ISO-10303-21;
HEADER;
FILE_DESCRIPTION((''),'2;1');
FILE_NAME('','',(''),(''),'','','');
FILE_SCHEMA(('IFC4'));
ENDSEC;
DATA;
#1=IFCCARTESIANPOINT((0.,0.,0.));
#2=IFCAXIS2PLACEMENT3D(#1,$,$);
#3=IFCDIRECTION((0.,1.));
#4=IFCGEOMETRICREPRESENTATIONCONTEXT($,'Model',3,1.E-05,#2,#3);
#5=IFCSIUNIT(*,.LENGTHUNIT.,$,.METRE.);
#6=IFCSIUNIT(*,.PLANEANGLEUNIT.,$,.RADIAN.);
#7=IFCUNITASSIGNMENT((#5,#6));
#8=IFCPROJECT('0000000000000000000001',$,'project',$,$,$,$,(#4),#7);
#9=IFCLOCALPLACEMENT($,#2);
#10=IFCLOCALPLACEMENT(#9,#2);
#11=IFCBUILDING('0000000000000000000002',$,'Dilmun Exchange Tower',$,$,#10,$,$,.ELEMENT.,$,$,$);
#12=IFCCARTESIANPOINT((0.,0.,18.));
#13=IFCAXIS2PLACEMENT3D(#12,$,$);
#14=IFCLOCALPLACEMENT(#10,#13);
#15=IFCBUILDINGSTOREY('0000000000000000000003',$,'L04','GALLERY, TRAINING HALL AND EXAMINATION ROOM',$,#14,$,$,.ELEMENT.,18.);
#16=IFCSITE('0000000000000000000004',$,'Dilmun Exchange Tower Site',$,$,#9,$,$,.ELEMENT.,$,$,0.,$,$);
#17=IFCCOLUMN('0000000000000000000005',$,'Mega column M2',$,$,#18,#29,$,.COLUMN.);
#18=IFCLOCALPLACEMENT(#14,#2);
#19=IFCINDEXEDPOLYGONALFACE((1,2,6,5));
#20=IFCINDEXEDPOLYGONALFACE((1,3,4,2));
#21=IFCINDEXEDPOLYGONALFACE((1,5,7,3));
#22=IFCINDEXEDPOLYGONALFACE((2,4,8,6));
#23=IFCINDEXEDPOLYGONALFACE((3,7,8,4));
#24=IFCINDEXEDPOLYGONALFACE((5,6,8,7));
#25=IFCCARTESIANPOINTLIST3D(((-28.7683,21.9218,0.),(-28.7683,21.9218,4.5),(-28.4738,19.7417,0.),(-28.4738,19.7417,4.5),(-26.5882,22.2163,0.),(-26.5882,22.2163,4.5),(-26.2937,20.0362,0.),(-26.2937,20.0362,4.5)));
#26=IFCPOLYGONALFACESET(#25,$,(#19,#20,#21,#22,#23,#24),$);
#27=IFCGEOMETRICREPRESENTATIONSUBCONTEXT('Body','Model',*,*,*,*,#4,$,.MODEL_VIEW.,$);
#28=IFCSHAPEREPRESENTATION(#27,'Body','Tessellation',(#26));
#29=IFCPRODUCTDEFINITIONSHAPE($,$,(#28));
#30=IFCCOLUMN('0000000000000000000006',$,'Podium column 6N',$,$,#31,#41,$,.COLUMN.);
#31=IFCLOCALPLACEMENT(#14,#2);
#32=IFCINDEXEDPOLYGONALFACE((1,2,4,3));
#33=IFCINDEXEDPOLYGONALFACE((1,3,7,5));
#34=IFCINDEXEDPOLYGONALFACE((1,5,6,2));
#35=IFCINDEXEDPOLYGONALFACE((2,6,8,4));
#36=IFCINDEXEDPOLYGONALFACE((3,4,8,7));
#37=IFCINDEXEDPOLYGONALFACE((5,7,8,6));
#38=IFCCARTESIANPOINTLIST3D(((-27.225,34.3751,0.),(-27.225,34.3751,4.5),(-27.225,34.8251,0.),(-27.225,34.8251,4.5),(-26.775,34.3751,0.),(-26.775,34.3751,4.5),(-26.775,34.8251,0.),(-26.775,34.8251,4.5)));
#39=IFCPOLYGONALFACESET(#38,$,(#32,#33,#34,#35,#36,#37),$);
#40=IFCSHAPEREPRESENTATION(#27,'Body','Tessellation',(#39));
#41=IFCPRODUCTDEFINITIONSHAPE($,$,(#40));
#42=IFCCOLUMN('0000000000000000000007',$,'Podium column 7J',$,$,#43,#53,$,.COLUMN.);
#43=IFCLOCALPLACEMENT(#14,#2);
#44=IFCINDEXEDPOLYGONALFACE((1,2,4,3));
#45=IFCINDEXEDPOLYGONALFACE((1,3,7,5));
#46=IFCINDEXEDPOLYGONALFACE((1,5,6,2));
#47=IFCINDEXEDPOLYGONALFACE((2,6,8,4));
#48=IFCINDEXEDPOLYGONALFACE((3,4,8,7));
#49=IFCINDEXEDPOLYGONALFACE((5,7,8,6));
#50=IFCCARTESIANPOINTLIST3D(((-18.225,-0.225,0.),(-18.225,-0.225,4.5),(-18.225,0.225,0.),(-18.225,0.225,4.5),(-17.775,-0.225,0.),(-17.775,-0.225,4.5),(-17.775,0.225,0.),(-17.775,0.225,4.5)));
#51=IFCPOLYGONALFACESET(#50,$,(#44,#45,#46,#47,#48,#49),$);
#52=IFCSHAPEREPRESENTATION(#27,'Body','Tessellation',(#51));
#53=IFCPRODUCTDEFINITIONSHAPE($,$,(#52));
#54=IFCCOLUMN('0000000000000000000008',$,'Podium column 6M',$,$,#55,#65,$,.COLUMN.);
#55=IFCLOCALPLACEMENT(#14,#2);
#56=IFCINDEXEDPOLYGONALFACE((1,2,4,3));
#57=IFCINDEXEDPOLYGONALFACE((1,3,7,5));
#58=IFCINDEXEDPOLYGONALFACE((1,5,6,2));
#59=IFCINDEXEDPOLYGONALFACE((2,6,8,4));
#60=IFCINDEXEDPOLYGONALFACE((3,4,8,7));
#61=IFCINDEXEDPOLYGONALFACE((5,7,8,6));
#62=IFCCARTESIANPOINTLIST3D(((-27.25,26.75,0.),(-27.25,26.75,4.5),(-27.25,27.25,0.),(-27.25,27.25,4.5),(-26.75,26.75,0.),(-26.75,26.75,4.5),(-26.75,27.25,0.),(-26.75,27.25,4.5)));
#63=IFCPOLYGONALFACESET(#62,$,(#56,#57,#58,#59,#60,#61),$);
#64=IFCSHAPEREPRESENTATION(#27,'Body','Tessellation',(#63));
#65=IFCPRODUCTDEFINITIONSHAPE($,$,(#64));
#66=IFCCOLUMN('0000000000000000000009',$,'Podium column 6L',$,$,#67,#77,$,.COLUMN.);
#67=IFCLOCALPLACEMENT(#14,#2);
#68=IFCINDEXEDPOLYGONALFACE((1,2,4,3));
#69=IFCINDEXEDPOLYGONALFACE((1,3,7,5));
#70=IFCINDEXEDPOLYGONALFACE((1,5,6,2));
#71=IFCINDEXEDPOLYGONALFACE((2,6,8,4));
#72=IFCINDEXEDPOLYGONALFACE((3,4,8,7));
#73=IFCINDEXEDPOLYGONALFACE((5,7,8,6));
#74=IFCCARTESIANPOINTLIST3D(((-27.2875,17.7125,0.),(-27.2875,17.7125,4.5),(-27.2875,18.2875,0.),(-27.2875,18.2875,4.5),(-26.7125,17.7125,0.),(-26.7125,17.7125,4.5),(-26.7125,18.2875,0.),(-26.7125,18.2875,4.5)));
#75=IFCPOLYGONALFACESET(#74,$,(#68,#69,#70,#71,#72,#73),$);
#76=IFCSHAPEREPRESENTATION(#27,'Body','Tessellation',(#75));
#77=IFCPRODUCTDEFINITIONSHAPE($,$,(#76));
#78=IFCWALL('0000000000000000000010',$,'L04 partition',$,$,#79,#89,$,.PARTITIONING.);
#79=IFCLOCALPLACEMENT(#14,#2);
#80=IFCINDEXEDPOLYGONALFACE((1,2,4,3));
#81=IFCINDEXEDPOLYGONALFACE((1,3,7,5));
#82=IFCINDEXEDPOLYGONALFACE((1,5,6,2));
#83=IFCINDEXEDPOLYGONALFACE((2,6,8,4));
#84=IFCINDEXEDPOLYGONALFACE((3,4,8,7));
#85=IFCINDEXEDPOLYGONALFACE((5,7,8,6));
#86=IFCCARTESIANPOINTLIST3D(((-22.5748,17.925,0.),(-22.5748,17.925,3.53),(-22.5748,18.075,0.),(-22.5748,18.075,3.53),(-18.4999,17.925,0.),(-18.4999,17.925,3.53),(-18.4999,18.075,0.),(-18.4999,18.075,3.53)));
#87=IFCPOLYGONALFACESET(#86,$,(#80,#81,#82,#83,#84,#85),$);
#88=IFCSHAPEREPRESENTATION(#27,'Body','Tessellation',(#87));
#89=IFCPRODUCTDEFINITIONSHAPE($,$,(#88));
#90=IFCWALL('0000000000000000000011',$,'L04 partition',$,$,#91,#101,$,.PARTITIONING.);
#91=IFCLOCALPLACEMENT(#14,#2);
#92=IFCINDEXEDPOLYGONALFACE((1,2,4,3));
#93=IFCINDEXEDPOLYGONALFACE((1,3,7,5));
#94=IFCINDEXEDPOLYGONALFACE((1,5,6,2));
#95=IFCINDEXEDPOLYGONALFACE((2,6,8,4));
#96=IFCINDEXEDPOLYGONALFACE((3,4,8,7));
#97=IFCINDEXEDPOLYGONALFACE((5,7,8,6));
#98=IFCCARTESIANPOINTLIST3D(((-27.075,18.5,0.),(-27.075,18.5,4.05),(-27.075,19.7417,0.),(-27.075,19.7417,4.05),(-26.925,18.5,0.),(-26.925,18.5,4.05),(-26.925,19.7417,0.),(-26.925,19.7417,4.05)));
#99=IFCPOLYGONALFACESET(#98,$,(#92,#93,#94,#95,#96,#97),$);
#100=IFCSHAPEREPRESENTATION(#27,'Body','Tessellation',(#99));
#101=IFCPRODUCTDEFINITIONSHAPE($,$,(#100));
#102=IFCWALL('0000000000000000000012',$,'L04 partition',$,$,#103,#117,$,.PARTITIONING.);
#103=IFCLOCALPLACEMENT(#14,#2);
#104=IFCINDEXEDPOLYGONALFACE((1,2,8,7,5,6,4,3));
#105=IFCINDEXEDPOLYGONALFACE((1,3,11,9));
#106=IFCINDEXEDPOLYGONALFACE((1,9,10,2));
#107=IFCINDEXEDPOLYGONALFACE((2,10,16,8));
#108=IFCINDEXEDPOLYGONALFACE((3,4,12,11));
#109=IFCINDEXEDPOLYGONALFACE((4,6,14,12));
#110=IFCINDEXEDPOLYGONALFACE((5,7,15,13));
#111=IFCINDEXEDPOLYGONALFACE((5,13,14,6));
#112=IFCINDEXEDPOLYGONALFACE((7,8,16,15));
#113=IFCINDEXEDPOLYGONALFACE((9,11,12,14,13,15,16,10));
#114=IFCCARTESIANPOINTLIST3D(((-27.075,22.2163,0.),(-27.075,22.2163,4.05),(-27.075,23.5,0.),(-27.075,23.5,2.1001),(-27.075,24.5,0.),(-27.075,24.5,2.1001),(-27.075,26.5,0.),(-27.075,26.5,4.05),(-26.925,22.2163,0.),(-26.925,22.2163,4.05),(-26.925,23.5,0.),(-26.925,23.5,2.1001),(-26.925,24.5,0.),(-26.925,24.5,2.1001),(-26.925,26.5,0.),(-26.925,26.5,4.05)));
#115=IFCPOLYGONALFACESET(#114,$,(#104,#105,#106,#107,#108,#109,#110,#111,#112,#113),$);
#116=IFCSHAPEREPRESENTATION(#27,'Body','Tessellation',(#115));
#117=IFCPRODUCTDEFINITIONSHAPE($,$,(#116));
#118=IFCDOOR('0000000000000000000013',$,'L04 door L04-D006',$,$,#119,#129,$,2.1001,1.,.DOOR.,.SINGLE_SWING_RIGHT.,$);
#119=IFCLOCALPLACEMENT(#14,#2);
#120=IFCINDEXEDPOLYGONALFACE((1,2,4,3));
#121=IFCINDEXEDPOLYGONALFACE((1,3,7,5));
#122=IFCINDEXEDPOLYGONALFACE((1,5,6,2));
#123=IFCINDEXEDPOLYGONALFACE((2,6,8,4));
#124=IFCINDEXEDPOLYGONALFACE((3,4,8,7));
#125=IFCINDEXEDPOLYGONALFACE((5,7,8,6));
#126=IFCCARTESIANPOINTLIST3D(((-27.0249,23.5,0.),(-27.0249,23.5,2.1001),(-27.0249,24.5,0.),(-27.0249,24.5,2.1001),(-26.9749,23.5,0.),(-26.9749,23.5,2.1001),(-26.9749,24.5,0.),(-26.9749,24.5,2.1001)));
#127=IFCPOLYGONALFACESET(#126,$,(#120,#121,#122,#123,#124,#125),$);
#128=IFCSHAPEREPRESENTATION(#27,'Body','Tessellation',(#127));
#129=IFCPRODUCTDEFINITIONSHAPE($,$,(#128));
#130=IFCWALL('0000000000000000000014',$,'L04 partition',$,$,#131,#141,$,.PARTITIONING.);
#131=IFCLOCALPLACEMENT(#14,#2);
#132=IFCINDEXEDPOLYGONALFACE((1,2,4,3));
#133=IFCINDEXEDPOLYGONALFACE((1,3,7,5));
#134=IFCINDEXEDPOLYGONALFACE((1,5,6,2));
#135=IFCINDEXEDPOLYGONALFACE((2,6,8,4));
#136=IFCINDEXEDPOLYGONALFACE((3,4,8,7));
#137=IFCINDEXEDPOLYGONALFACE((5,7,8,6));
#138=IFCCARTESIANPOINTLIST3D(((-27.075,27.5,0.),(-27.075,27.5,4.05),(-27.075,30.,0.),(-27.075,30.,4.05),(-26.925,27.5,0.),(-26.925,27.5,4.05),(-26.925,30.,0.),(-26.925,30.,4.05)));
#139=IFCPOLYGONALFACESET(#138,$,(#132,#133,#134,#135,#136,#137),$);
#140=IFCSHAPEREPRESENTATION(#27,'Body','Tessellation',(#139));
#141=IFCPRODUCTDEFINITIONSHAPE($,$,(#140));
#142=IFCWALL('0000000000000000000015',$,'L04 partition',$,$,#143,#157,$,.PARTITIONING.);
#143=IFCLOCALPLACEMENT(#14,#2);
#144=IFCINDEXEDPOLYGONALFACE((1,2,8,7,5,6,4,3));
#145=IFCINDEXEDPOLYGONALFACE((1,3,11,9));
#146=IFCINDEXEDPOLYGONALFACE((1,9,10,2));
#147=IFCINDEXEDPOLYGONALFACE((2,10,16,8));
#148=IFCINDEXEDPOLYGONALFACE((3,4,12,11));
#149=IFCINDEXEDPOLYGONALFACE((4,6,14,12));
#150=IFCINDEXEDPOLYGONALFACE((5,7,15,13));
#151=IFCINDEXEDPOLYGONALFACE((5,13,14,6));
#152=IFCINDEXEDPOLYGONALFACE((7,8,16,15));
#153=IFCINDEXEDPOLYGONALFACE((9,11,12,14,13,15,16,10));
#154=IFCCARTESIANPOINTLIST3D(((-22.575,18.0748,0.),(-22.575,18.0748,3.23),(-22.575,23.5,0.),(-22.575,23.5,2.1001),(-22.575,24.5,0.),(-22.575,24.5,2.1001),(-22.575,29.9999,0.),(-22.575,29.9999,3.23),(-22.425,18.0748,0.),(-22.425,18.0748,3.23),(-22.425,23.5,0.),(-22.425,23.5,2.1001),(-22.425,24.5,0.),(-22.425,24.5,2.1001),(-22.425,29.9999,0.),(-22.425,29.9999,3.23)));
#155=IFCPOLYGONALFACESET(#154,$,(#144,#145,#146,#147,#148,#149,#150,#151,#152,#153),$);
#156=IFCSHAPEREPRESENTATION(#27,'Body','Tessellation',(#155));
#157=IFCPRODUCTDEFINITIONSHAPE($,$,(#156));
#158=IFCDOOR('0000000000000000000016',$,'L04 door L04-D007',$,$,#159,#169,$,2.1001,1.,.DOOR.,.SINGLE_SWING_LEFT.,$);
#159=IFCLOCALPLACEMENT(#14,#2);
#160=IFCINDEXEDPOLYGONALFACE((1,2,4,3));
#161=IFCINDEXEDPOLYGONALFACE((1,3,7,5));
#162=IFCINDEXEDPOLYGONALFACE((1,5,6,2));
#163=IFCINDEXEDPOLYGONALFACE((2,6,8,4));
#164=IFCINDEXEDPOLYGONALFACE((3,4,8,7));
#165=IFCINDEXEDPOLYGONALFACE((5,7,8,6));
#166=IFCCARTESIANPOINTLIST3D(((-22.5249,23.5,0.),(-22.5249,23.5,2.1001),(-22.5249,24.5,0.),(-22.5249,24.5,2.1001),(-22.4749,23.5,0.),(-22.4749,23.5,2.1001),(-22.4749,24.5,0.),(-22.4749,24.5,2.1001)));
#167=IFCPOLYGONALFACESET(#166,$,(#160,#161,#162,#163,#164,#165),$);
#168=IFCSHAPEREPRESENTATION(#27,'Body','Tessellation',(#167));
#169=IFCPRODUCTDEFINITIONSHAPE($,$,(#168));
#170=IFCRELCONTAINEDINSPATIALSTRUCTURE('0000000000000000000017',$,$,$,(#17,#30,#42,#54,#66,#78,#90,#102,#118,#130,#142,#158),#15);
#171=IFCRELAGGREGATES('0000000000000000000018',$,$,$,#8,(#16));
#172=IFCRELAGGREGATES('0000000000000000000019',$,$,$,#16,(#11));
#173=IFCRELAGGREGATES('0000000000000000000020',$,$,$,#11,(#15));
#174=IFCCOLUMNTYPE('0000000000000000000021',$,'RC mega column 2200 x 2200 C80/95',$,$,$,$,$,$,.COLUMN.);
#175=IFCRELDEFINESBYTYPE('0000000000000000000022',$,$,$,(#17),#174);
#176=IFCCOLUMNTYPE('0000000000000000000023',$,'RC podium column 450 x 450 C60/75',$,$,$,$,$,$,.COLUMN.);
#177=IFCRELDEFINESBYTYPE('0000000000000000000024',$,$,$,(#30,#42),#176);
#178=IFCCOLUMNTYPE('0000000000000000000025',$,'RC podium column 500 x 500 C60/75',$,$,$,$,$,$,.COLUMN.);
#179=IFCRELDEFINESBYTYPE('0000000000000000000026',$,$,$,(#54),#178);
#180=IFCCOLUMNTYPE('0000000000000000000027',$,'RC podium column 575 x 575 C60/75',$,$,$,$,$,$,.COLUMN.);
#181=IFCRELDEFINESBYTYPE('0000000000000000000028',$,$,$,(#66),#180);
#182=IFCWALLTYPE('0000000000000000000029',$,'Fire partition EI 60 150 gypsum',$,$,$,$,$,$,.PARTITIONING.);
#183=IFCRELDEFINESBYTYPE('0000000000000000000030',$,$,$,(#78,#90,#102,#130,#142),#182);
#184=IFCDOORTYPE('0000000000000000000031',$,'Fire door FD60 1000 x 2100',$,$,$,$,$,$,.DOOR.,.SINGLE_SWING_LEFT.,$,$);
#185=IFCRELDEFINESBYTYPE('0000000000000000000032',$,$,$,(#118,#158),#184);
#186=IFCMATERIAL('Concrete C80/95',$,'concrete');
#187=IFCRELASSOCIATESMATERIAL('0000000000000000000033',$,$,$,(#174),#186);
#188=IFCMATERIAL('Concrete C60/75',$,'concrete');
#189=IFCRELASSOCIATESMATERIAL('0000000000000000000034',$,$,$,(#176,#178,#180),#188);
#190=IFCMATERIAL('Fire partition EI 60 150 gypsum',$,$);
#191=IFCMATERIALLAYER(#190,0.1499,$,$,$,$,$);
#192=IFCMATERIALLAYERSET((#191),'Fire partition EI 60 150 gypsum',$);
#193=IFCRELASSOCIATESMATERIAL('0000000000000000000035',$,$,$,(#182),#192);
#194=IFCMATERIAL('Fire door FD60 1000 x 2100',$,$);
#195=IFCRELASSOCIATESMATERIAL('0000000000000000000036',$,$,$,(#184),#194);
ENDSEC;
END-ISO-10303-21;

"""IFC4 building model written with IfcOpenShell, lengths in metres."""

from ifc_helpers import new_model, si_unit, direction, frame, frame_2d, origin, origin_2d, place, context, subcontext, project, spatial, rectangle, extrude, material, layer, layer_set, material_profile, profile_set, type_object, element, fill, save


model = new_model("IFC4")

# Units and contexts
model_context = context("Model", 3, precision=1e-05, world=origin(), true_north=direction((0.0, 1.0)))
body_context = subcontext(model_context, "Body", "Model", "MODEL_VIEW")
ifc_project = project(units=[si_unit("LENGTHUNIT", "METRE"), si_unit("PLANEANGLEUNIT", "RADIAN")], contexts=[model_context])

# Site, building, storey
site_placement = place(None, origin())
site = spatial("IfcSite", under=ifc_project, at=site_placement, Name="Dilmun Exchange Tower Site", CompositionType="ELEMENT", RefElevation=0.0)
building_placement = place(site_placement, origin())
building = spatial("IfcBuilding", under=site, at=building_placement, Name="Dilmun Exchange Tower", CompositionType="ELEMENT")
storey_placement = place(building_placement, frame((0.0, 0.0, 18.0)))
storey = spatial("IfcBuildingStorey", under=building, at=storey_placement, Name="L04", Description="GALLERY, TRAINING HALL AND EXAMINATION ROOM", CompositionType="ELEMENT", Elevation=18.0)

# Columns
ifc_material_1 = material(Name="Concrete C80/95", Category="concrete")
ifc_material_profile_1 = material_profile(ifc_material_1, rectangle(XDim=2.2, YDim=2.2, at=origin_2d()), Name="2200 x 2200")
ifc_profile_set_1 = profile_set([ifc_material_profile_1], Name="Concrete C80/95")
column_type_1 = type_object("IfcColumnType", Name="RC mega column 2200 x 2200 C80/95", PredefinedType="COLUMN", material=ifc_profile_set_1)
column_1_placement = place(storey_placement, frame((-27.531, 20.979, 0.0), z_axis=(0.0, 0.0, 1.0), x_axis=(0.991001, 0.133853, 0.0)))
element("IfcColumn", 1, at=column_1_placement, inside=storey, type_object=column_type_1, Name="Mega column M2", PredefinedType="COLUMN", context=body_context, shape_type="SweptSolid", body=[
    extrude(rectangle(XDim=2.2, YDim=2.2, at=origin_2d()), origin(), (0.0, 0.0, 1.0), 4.5),
])
ifc_material_2 = material(Name="Concrete C60/75", Category="concrete")
ifc_material_profile_2 = material_profile(ifc_material_2, rectangle(XDim=0.45, YDim=0.45, at=origin_2d()), Name="450 x 450")
ifc_profile_set_2 = profile_set([ifc_material_profile_2], Name="Concrete C60/75")
column_type_2 = type_object("IfcColumnType", Name="RC podium column 450 x 450 C60/75", PredefinedType="COLUMN", material=ifc_profile_set_2)
for number, where, z_axis, x_axis, name in (
    (2, (-27.0, 34.6001, 0.0), (0.0, 0.0, 1.0), (1.0, 0.0, 0.0), "Podium column 6N"),
    (3, (-18.0, 0.0, 0.0), (0.0, 0.0, 1.0), (1.0, 0.0, 0.0), "Podium column 7J"),
):
    element("IfcColumn", number, at=place(storey_placement, frame(where, z_axis=z_axis, x_axis=x_axis)), inside=storey, type_object=column_type_2, Name=name, PredefinedType="COLUMN", context=body_context, shape_type="SweptSolid", body=[
        extrude(rectangle(XDim=0.45, YDim=0.45, at=origin_2d()), origin(), (0.0, 0.0, 1.0), 4.5),
    ])
ifc_material_profile_3 = material_profile(ifc_material_2, rectangle(XDim=0.5, YDim=0.5, at=origin_2d()), Name="500 x 500")
ifc_profile_set_3 = profile_set([ifc_material_profile_3], Name="Concrete C60/75")
column_type_3 = type_object("IfcColumnType", Name="RC podium column 500 x 500 C60/75", PredefinedType="COLUMN", material=ifc_profile_set_3)
column_2_placement = place(storey_placement, frame((-27.0, 27.0, 0.0), z_axis=(0.0, 0.0, 1.0), x_axis=(1.0, 0.0, 0.0)))
element("IfcColumn", 4, at=column_2_placement, inside=storey, type_object=column_type_3, Name="Podium column 6M", PredefinedType="COLUMN", context=body_context, shape_type="SweptSolid", body=[
    extrude(rectangle(XDim=0.5, YDim=0.5, at=origin_2d()), origin(), (0.0, 0.0, 1.0), 4.5),
])
ifc_material_profile_4 = material_profile(ifc_material_2, rectangle(XDim=0.575, YDim=0.575, at=origin_2d()), Name="575 x 575")
ifc_profile_set_4 = profile_set([ifc_material_profile_4], Name="Concrete C60/75")
column_type_4 = type_object("IfcColumnType", Name="RC podium column 575 x 575 C60/75", PredefinedType="COLUMN", material=ifc_profile_set_4)
column_3_placement = place(storey_placement, frame((-27.0, 18.0, 0.0), z_axis=(0.0, 0.0, 1.0), x_axis=(1.0, 0.0, 0.0)))
element("IfcColumn", 5, at=column_3_placement, inside=storey, type_object=column_type_4, Name="Podium column 6L", PredefinedType="COLUMN", context=body_context, shape_type="SweptSolid", body=[
    extrude(rectangle(XDim=0.575, YDim=0.575, at=origin_2d()), origin(), (0.0, 0.0, 1.0), 4.5),
])

# Walls
ifc_material_3 = material(Name="Fire partition EI 60 150 gypsum")
ifc_layer_1 = layer(ifc_material_3, 0.1499)
ifc_layer_set_1 = layer_set([ifc_layer_1], Name="Fire partition EI 60 150 gypsum")
wall_type_1 = type_object("IfcWallType", Name="Fire partition EI 60 150 gypsum", PredefinedType="PARTITIONING", material=ifc_layer_set_1)
wall_1_placement = place(storey_placement, frame((-22.575, 18.0, 0.0), z_axis=(0.0, 0.0, 1.0), x_axis=(1.0, 0.0, 0.0)))
element("IfcWall", 6, at=wall_1_placement, inside=storey, type_object=wall_type_1, Name="L04 partition", PredefinedType="PARTITIONING", context=body_context, shape_type="SweptSolid", body=[
    extrude(rectangle(XDim=4.075, YDim=0.1499, at=frame_2d((2.0376, 0.0))), origin(), (0.0, 0.0, 1.0), 3.53),
])
wall_2_placement = place(storey_placement, frame((-27.0, 18.5, 0.0), z_axis=(0.0, 0.0, 1.0), x_axis=(0.0, 1.0, 0.0)))
element("IfcWall", 7, at=wall_2_placement, inside=storey, type_object=wall_type_1, Name="L04 partition", PredefinedType="PARTITIONING", context=body_context, shape_type="SweptSolid", body=[
    extrude(rectangle(XDim=1.2417, YDim=0.1499, at=frame_2d((0.6208, 0.0))), origin(), (0.0, 0.0, 1.0), 4.05),
])

# Wall, opening, door
wall_3_placement = place(storey_placement, frame((-27.0, 22.2163, 0.0), z_axis=(0.0, 0.0, 1.0), x_axis=(0.0, 1.0, 0.0)))
wall_3 = element("IfcWall", 8, at=wall_3_placement, inside=storey, type_object=wall_type_1, Name="L04 partition", PredefinedType="PARTITIONING", context=body_context, shape_type="SweptSolid", body=[
    extrude(rectangle(XDim=4.2837, YDim=0.1499, at=frame_2d((2.1418, 0.0))), origin(), (0.0, 0.0, 1.0), 4.05),
])
opening_1_placement = place(wall_3_placement, frame((1.2837, 0.0, 0.0)))
opening_1 = element("IfcOpeningElement", 9, at=opening_1_placement, cuts=wall_3, PredefinedType="OPENING", context=body_context, shape_type="SweptSolid", body=[
    extrude(rectangle(XDim=1.0, YDim=2.1001, at=frame_2d((0.5, 1.05))), frame((0.0, 0.085, 0.0), z_axis=(0.0, -1.0, 0.0), x_axis=(1.0, 0.0, 0.0)), (0.0, 0.0, 1.0), 0.1699),
])
ifc_material_4 = material(Name="Fire door FD60 1000 x 2100")
door_type_1 = type_object("IfcDoorType", Name="Fire door FD60 1000 x 2100", OperationType="SINGLE_SWING_LEFT", PredefinedType="DOOR", material=ifc_material_4)
door_1_placement = place(opening_1_placement, origin())
door_1 = element("IfcDoor", 10, at=door_1_placement, inside=storey, type_object=door_type_1, Name="L04 door L04-D006", OperationType="SINGLE_SWING_RIGHT", OverallHeight=2.1001, OverallWidth=1.0, PredefinedType="DOOR", context=body_context, shape_type="SweptSolid", body=[
    extrude(rectangle(XDim=1.0, YDim=2.1001, at=frame_2d((0.5, 1.05))), frame((0.0, 0.0249, 0.0), z_axis=(0.0, -1.0, 0.0), x_axis=(1.0, 0.0, 0.0)), (0.0, 0.0, 1.0), 0.05),
])
fill(opening_1, door_1)

# Wall
wall_4_placement = place(storey_placement, frame((-27.0, 27.5, 0.0), z_axis=(0.0, 0.0, 1.0), x_axis=(0.0, 1.0, 0.0)))
element("IfcWall", 11, at=wall_4_placement, inside=storey, type_object=wall_type_1, Name="L04 partition", PredefinedType="PARTITIONING", context=body_context, shape_type="SweptSolid", body=[
    extrude(rectangle(XDim=2.5, YDim=0.1499, at=frame_2d((1.25, 0.0))), origin(), (0.0, 0.0, 1.0), 4.05),
])

# Wall, opening, door
wall_5_placement = place(storey_placement, frame((-22.5, 18.075, 0.0), z_axis=(0.0, 0.0, 1.0), x_axis=(0.0, 1.0, 0.0)))
wall_5 = element("IfcWall", 12, at=wall_5_placement, inside=storey, type_object=wall_type_1, Name="L04 partition", PredefinedType="PARTITIONING", context=body_context, shape_type="SweptSolid", body=[
    extrude(rectangle(XDim=11.925, YDim=0.1499, at=frame_2d((5.9624, 0.0))), origin(), (0.0, 0.0, 1.0), 3.23),
])
opening_2_placement = place(wall_5_placement, frame((5.425, 0.0, 0.0)))
opening_2 = element("IfcOpeningElement", 13, at=opening_2_placement, cuts=wall_5, PredefinedType="OPENING", context=body_context, shape_type="SweptSolid", body=[
    extrude(rectangle(XDim=1.0, YDim=2.1001, at=frame_2d((0.5, 1.05))), frame((0.0, 0.085, 0.0), z_axis=(0.0, -1.0, 0.0), x_axis=(1.0, 0.0, 0.0)), (0.0, 0.0, 1.0), 0.1699),
])
door_2_placement = place(opening_2_placement, origin())
door_2 = element("IfcDoor", 14, at=door_2_placement, inside=storey, type_object=door_type_1, Name="L04 door L04-D007", OperationType="SINGLE_SWING_LEFT", OverallHeight=2.1001, OverallWidth=1.0, PredefinedType="DOOR", context=body_context, shape_type="SweptSolid", body=[
    extrude(rectangle(XDim=1.0, YDim=2.1001, at=frame_2d((0.5, 1.05))), frame((0.0, 0.0249, 0.0), z_axis=(0.0, -1.0, 0.0), x_axis=(1.0, 0.0, 0.0)), (0.0, 0.0, 1.0), 0.05),
])
fill(opening_2, door_2)

save(model, "model.ifc")
